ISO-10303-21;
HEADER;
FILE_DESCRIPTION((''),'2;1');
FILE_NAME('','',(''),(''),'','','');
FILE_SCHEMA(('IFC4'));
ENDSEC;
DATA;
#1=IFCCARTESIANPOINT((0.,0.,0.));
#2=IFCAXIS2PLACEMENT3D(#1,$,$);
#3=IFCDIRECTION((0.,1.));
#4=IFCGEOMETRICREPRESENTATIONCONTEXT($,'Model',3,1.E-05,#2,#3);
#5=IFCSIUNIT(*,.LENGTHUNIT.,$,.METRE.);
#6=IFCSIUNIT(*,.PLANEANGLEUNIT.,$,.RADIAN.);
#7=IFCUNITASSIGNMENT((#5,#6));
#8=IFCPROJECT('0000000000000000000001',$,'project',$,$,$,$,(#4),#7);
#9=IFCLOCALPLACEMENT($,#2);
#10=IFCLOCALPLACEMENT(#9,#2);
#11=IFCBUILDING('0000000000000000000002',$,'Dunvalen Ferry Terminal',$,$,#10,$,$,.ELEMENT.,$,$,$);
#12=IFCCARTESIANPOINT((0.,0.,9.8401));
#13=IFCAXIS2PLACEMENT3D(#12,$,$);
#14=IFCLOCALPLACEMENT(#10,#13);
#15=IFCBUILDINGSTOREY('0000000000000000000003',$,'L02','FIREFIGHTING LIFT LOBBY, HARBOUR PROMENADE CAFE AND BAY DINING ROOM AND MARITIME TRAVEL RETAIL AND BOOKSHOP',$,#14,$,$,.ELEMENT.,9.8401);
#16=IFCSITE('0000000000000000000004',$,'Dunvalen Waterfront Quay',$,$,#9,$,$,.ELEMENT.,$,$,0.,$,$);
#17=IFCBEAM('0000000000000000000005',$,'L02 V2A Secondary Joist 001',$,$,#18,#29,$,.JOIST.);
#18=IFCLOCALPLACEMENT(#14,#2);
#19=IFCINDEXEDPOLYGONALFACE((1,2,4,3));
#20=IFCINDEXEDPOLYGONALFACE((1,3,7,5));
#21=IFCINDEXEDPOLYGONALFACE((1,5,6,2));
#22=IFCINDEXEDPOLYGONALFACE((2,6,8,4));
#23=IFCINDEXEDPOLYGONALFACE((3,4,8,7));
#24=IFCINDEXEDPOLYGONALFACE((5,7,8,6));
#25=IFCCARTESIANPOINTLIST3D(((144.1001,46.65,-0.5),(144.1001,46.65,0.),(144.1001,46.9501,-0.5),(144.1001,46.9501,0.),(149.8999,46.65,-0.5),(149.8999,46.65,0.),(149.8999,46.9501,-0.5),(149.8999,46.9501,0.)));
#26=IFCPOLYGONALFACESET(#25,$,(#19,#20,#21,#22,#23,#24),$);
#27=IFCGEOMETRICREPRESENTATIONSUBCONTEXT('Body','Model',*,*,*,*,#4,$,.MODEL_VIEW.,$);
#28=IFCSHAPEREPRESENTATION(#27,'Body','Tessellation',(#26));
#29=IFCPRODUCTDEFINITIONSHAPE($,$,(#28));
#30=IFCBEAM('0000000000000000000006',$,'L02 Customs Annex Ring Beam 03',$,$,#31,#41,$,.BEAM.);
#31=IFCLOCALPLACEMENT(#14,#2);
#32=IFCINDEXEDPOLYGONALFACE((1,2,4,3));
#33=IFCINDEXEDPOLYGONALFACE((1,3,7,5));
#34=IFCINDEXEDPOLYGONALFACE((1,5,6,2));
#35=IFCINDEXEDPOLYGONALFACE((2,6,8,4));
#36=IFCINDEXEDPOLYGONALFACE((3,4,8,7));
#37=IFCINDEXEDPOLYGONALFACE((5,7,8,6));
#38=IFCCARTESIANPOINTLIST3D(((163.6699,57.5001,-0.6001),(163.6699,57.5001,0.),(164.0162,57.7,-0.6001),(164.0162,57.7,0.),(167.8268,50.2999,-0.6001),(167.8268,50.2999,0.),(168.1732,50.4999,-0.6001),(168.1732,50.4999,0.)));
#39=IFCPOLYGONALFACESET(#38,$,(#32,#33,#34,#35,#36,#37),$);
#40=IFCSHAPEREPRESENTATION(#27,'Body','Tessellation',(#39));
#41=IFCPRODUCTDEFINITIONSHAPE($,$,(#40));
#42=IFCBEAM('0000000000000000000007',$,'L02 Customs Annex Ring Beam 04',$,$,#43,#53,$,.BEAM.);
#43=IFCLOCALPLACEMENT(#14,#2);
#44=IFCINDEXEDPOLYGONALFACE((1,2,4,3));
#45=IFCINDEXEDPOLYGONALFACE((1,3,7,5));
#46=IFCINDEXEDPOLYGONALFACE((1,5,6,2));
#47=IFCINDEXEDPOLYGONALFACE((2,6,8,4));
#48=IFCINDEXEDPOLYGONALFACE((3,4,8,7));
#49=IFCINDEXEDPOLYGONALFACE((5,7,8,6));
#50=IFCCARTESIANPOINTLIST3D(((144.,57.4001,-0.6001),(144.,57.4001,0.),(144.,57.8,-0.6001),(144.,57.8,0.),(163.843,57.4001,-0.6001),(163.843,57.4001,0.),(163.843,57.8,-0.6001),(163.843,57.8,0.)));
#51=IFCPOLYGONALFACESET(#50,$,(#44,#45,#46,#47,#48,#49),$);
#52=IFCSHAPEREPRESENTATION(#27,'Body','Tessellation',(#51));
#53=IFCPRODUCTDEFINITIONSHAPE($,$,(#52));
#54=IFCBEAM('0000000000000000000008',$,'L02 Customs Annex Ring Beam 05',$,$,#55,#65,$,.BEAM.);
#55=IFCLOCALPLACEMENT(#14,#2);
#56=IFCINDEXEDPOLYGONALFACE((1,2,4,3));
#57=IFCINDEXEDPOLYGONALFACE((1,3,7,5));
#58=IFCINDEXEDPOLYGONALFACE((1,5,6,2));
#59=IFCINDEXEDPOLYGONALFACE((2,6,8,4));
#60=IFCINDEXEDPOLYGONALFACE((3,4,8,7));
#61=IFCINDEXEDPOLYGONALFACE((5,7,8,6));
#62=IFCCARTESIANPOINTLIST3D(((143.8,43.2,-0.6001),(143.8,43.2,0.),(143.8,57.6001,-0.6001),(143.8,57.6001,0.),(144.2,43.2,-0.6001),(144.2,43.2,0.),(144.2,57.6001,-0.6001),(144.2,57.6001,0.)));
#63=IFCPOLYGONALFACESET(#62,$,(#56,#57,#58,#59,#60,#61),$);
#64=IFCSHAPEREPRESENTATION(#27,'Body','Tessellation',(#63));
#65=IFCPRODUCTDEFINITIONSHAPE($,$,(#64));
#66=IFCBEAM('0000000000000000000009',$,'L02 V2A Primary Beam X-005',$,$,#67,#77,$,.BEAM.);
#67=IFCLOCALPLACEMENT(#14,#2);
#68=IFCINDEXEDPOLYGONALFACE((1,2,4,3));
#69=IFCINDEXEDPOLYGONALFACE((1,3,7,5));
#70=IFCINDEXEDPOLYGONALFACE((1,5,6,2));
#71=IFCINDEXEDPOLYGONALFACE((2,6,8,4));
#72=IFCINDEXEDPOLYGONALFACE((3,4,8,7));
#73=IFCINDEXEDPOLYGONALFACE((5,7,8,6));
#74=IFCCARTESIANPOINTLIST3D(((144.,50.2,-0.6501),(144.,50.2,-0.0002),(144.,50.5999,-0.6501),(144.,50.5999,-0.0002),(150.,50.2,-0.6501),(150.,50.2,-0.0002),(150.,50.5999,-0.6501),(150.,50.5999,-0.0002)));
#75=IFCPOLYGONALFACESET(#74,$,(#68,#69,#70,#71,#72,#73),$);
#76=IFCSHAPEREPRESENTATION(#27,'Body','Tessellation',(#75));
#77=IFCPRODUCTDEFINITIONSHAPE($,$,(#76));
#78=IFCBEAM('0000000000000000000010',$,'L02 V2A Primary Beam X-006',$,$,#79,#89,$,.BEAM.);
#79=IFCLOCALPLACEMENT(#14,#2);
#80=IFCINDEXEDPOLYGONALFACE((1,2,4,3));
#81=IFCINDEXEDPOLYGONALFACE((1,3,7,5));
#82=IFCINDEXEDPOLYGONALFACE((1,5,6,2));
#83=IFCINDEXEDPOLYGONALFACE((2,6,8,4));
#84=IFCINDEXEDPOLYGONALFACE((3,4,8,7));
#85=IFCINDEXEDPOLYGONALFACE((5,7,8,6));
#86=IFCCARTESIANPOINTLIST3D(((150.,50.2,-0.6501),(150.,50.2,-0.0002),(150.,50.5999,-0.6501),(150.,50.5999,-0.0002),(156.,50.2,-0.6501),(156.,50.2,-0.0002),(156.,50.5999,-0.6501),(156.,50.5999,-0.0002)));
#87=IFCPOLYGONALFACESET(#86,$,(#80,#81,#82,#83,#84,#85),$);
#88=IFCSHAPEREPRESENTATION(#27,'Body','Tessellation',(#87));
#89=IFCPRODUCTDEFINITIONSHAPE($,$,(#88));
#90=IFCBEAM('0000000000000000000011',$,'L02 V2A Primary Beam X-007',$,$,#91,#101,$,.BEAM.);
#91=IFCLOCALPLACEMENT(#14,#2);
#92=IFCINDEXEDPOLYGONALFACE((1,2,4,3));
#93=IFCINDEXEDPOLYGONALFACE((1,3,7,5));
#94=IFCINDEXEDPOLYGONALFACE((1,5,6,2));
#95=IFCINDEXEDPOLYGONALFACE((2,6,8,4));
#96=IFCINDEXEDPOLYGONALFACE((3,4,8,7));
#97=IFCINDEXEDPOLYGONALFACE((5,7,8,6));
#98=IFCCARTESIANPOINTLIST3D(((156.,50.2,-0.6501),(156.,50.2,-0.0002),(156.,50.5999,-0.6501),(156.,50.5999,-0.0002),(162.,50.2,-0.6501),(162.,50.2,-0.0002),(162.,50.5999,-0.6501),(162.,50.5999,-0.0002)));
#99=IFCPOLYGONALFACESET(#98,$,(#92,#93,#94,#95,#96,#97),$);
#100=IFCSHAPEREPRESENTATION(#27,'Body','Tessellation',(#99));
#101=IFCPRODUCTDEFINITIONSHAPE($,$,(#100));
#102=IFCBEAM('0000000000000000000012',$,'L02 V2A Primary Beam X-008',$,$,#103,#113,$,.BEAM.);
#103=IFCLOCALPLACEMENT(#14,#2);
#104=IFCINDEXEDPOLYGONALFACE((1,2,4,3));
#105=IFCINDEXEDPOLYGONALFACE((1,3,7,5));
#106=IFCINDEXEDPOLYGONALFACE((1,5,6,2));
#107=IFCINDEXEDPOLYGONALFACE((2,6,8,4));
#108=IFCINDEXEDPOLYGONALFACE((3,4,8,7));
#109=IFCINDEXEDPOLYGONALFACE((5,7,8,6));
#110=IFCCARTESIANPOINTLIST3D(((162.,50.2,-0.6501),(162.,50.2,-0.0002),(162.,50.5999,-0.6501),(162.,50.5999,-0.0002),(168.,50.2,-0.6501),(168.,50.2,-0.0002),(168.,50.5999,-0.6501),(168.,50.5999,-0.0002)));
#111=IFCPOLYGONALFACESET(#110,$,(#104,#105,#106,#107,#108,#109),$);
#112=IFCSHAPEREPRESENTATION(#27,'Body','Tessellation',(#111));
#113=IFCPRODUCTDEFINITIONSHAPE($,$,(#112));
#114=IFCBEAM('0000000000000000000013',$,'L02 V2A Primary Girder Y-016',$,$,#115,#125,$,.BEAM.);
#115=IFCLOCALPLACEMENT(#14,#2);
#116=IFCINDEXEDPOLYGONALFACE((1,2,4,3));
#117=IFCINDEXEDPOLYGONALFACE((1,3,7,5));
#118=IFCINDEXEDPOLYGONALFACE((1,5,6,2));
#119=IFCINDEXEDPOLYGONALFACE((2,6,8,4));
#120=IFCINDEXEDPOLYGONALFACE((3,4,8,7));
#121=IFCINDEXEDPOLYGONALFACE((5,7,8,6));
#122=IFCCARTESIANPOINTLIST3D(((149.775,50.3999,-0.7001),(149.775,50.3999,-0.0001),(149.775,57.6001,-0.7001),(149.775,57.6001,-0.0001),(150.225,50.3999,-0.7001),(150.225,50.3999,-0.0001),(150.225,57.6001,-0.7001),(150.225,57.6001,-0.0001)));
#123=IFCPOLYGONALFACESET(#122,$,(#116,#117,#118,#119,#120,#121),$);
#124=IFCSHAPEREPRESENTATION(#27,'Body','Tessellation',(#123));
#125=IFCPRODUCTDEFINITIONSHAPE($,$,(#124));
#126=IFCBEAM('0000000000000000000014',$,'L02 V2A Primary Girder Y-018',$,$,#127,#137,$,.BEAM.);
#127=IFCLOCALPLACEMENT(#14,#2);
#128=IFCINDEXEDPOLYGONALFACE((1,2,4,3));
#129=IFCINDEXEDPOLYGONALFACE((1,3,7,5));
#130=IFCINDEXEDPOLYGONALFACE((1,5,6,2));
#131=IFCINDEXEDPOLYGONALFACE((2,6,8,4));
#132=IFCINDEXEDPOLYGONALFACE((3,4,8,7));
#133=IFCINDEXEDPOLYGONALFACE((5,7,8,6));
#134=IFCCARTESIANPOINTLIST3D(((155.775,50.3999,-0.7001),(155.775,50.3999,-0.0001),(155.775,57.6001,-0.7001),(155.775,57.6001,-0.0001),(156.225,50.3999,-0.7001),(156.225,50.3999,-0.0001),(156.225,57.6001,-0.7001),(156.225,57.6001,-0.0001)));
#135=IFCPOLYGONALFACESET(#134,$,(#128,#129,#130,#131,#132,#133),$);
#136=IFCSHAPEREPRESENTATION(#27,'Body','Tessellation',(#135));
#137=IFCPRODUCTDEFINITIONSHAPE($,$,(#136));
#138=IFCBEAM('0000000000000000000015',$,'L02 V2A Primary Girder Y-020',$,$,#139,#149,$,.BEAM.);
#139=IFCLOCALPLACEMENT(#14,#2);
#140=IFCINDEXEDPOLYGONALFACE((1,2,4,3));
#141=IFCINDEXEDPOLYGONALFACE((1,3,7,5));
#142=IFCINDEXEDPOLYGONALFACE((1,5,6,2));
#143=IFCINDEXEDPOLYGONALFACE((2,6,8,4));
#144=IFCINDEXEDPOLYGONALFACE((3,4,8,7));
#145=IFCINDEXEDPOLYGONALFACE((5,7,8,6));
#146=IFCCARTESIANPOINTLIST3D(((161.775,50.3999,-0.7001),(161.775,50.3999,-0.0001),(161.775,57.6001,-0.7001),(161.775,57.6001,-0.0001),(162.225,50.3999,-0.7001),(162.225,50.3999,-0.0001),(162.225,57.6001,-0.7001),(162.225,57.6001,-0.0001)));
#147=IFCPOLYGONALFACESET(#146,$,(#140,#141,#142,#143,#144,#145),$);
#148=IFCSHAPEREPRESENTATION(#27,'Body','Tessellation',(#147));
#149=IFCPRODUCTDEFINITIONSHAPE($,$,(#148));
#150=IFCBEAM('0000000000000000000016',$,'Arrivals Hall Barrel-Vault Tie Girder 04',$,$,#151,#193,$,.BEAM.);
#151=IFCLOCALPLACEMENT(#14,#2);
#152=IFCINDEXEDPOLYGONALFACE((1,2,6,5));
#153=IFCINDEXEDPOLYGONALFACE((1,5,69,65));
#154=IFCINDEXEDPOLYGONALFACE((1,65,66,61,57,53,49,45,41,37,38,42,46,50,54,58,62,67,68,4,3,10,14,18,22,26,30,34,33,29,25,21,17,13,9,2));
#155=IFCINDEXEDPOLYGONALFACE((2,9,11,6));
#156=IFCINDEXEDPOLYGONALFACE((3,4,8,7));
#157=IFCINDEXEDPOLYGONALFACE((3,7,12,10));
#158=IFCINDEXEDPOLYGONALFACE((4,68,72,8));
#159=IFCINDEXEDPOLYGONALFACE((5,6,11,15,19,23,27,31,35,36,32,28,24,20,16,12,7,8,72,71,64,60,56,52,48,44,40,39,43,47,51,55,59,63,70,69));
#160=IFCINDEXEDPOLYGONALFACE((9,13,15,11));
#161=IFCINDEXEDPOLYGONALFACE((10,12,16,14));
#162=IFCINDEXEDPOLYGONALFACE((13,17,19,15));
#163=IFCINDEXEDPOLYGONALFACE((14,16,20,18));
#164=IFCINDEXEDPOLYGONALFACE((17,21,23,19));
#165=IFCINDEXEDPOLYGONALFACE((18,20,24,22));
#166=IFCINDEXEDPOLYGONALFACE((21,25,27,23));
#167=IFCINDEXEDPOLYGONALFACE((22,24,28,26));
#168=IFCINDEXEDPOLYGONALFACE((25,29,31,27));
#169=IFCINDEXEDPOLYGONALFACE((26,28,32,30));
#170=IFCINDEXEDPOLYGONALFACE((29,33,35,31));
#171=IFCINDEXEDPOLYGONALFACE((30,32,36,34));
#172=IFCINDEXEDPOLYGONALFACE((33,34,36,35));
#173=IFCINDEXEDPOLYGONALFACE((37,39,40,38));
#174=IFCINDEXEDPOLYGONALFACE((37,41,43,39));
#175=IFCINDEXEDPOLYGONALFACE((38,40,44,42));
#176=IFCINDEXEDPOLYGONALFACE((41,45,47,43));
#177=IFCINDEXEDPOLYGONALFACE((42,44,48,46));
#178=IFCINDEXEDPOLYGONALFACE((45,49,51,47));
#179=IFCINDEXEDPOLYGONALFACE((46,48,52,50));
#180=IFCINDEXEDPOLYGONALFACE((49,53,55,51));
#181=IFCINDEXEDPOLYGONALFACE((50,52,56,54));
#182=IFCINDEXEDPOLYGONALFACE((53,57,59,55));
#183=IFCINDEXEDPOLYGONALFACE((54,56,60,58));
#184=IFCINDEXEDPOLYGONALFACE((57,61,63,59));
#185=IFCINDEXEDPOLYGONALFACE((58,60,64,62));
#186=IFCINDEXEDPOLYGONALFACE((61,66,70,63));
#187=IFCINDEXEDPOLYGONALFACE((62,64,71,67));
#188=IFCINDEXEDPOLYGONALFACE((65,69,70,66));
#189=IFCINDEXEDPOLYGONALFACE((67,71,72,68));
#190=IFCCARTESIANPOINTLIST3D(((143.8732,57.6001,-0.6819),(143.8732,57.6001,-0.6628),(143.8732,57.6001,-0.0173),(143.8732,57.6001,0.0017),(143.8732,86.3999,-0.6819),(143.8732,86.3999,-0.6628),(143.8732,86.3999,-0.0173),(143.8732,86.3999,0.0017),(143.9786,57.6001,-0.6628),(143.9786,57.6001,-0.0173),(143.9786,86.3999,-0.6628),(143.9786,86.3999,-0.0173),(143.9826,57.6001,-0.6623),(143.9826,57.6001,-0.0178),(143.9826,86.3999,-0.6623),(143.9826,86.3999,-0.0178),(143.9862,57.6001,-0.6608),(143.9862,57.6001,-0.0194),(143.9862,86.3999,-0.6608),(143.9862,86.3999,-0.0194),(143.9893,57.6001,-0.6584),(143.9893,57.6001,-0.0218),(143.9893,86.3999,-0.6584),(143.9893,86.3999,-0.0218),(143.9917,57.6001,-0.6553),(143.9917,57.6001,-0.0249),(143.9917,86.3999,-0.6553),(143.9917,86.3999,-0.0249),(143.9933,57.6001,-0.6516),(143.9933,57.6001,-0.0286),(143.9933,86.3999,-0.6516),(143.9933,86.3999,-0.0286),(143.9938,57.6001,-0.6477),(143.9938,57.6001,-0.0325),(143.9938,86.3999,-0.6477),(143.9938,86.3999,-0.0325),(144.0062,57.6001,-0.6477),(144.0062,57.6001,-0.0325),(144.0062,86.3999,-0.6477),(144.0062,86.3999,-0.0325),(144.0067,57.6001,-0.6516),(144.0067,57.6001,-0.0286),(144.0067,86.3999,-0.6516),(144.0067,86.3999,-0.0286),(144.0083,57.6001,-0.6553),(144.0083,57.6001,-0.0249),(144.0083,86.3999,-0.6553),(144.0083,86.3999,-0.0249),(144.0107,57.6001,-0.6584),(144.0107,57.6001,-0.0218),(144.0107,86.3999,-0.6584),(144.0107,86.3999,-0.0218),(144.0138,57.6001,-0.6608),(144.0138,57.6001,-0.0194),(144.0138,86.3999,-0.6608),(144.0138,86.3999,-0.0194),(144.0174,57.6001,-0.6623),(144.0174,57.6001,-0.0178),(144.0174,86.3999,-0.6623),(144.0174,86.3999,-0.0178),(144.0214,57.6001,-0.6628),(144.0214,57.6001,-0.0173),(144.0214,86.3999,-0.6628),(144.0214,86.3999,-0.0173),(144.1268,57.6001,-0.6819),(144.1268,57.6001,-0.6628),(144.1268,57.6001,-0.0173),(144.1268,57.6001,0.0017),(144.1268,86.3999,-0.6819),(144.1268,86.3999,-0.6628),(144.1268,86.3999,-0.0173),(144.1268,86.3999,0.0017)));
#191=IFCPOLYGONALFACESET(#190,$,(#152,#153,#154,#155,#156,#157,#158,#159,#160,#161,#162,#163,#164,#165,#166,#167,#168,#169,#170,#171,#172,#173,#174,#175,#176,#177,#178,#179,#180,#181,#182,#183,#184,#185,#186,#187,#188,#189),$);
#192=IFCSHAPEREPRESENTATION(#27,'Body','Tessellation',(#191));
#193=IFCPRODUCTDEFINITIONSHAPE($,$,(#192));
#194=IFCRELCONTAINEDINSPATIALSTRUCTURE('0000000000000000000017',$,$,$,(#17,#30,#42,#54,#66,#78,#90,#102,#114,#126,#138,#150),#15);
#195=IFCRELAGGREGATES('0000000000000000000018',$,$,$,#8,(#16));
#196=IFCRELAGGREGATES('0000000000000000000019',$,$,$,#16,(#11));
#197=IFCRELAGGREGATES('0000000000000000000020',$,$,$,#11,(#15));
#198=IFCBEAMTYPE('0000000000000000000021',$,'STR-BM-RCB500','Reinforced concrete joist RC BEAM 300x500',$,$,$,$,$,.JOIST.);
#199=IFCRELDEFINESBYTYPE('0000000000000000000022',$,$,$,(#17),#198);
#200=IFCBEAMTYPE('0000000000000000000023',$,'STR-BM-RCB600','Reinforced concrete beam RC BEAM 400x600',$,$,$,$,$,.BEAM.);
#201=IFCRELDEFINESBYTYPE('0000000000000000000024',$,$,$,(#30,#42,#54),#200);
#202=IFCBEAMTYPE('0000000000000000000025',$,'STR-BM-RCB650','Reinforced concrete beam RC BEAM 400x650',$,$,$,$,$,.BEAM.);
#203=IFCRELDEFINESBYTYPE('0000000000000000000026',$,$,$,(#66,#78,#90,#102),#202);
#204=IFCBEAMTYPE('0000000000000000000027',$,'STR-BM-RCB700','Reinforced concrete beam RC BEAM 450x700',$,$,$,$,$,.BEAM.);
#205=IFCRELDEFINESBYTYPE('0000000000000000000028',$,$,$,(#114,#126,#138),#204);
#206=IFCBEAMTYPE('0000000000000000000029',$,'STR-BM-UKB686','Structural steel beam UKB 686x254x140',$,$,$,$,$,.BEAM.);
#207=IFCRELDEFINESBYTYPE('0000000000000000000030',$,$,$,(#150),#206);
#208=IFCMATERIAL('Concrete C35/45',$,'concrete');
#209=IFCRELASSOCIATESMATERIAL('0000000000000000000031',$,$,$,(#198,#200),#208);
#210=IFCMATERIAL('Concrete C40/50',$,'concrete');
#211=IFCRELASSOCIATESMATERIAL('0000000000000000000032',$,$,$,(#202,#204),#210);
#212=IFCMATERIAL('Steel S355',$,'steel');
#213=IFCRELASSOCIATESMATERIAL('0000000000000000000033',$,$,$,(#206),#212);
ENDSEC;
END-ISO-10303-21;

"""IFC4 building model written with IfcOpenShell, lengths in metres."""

from ifc_helpers import new_model, si_unit, direction, frame, origin, origin_2d, place, context, subcontext, project, spatial, rectangle, i_section, extrude, material, material_profile, profile_set, type_object, element, save


model = new_model("IFC4")

# Units and contexts
model_context = context("Model", 3, precision=1e-05, world=origin(), true_north=direction((0.0, 1.0)))
body_context = subcontext(model_context, "Body", "Model", "MODEL_VIEW")
ifc_project = project(units=[si_unit("LENGTHUNIT", "METRE"), si_unit("PLANEANGLEUNIT", "RADIAN")], contexts=[model_context])

# Site, building, storey
site_placement = place(None, origin())
site = spatial("IfcSite", under=ifc_project, at=site_placement, Name="Dunvalen Waterfront Quay", CompositionType="ELEMENT", RefElevation=0.0)
building_placement = place(site_placement, origin())
building = spatial("IfcBuilding", under=site, at=building_placement, Name="Dunvalen Ferry Terminal", CompositionType="ELEMENT")
storey_placement = place(building_placement, frame((0.0, 0.0, 9.8401)))
storey = spatial("IfcBuildingStorey", under=building, at=storey_placement, Name="L02", Description="FIREFIGHTING LIFT LOBBY, HARBOUR PROMENADE CAFE AND BAY DINING ROOM AND MARITIME TRAVEL RETAIL AND BOOKSHOP", CompositionType="ELEMENT", Elevation=9.8401)

# Beams
ifc_material_1 = material(Name="Steel S355", Category="steel")
ifc_material_2 = material(Name="Concrete C35/45", Category="concrete")
ifc_material_profile_1 = material_profile(ifc_material_2, rectangle(XDim=0.3, YDim=0.5, at=origin_2d()), Name="Concrete C35/45")
ifc_profile_set_1 = profile_set([ifc_material_profile_1], Name="Concrete C35/45")
beam_type_1 = type_object("IfcBeamType", Name="STR-BM-RCB500", Description="Reinforced concrete joist RC BEAM 300x500", PredefinedType="JOIST", material=ifc_profile_set_1)
beam_1_placement = place(storey_placement, frame((144.1001, 46.8, -0.25), z_axis=(1.0, 0.0, 0.0), x_axis=(0.0, 1.0, 0.0)))
element("IfcBeam", 1, at=beam_1_placement, inside=storey, type_object=beam_type_1, Name="L02 V2A Secondary Joist 001", PredefinedType="JOIST", context=body_context, shape_type="SweptSolid", body=[
    extrude(rectangle(XDim=0.3, YDim=0.5, at=origin_2d()), origin(), (0.0, 0.0, 1.0), 5.7998),
])
ifc_material_profile_2 = material_profile(ifc_material_2, rectangle(XDim=0.3999, YDim=0.6001, at=origin_2d()), Name="Concrete C35/45")
ifc_profile_set_2 = profile_set([ifc_material_profile_2], Name="Concrete C35/45")
beam_type_2 = type_object("IfcBeamType", Name="STR-BM-RCB600", Description="Reinforced concrete beam RC BEAM 400x600", PredefinedType="BEAM", material=ifc_profile_set_2)
beam_2_placement = place(storey_placement, frame((168.0, 50.3999, -0.3), z_axis=(-0.499995, 0.866028, 0.0), x_axis=(-0.866028, -0.499995, 0.0)))
element("IfcBeam", 2, at=beam_2_placement, inside=storey, type_object=beam_type_2, Name="L02 Customs Annex Ring Beam 03", PredefinedType="BEAM", context=body_context, shape_type="SweptSolid", body=[
    extrude(rectangle(XDim=0.3999, YDim=0.6001, at=origin_2d()), origin(), (0.0, 0.0, 1.0), 8.314),
])
beam_3_placement = place(storey_placement, frame((163.843, 57.6001, -0.3), z_axis=(-1.0, 0.0, 0.0), x_axis=(0.0, -1.0, 0.0)))
element("IfcBeam", 3, at=beam_3_placement, inside=storey, type_object=beam_type_2, Name="L02 Customs Annex Ring Beam 04", PredefinedType="BEAM", context=body_context, shape_type="SweptSolid", body=[
    extrude(rectangle(XDim=0.3999, YDim=0.6001, at=origin_2d()), origin(), (0.0, 0.0, 1.0), 19.843),
])
beam_4_placement = place(storey_placement, frame((144.0, 57.6001, -0.3), z_axis=(0.0, -1.0, 0.0), x_axis=(1.0, 0.0, 0.0)))
element("IfcBeam", 4, at=beam_4_placement, inside=storey, type_object=beam_type_2, Name="L02 Customs Annex Ring Beam 05", PredefinedType="BEAM", context=body_context, shape_type="SweptSolid", body=[
    extrude(rectangle(XDim=0.3999, YDim=0.6001, at=origin_2d()), origin(), (0.0, 0.0, 1.0), 14.4001),
])
ifc_material_3 = material(Name="Concrete C40/50", Category="concrete")
ifc_material_profile_3 = material_profile(ifc_material_3, rectangle(XDim=0.3999, YDim=0.6499, at=origin_2d()), Name="Concrete C40/50")
ifc_profile_set_3 = profile_set([ifc_material_profile_3], Name="Concrete C40/50")
beam_type_3 = type_object("IfcBeamType", Name="STR-BM-RCB650", Description="Reinforced concrete beam RC BEAM 400x650", PredefinedType="BEAM", material=ifc_profile_set_3)
for number, where, z_axis, x_axis, name in (
    (5, (144.0, 50.3999, -0.3252), (1.0, 0.0, 0.0), (0.0, 1.0, 0.0), "L02 V2A Primary Beam X-005"),
    (6, (150.0, 50.3999, -0.3252), (1.0, 0.0, 0.0), (0.0, 1.0, 0.0), "L02 V2A Primary Beam X-006"),
    (7, (156.0, 50.3999, -0.3252), (1.0, 0.0, 0.0), (0.0, 1.0, 0.0), "L02 V2A Primary Beam X-007"),
    (8, (162.0, 50.3999, -0.3252), (1.0, 0.0, 0.0), (0.0, 1.0, 0.0), "L02 V2A Primary Beam X-008"),
):
    element("IfcBeam", number, at=place(storey_placement, frame(where, z_axis=z_axis, x_axis=x_axis)), inside=storey, type_object=beam_type_3, Name=name, PredefinedType="BEAM", context=body_context, shape_type="SweptSolid", body=[
        extrude(rectangle(XDim=0.3999, YDim=0.6499, at=origin_2d()), origin(), (0.0, 0.0, 1.0), 6.0),
    ])
ifc_material_profile_4 = material_profile(ifc_material_3, rectangle(XDim=0.45, YDim=0.7, at=origin_2d()), Name="Concrete C40/50")
ifc_profile_set_4 = profile_set([ifc_material_profile_4], Name="Concrete C40/50")
beam_type_4 = type_object("IfcBeamType", Name="STR-BM-RCB700", Description="Reinforced concrete beam RC BEAM 450x700", PredefinedType="BEAM", material=ifc_profile_set_4)
for number, where, z_axis, x_axis, name in (
    (9, (150.0, 50.3999, -0.3501), (0.0, 1.0, 0.0), (-1.0, 0.0, 0.0), "L02 V2A Primary Girder Y-016"),
    (10, (156.0, 50.3999, -0.3501), (0.0, 1.0, 0.0), (-1.0, 0.0, 0.0), "L02 V2A Primary Girder Y-018"),
    (11, (162.0, 50.3999, -0.3501), (0.0, 1.0, 0.0), (-1.0, 0.0, 0.0), "L02 V2A Primary Girder Y-020"),
):
    element("IfcBeam", number, at=place(storey_placement, frame(where, z_axis=z_axis, x_axis=x_axis)), inside=storey, type_object=beam_type_4, Name=name, PredefinedType="BEAM", context=body_context, shape_type="SweptSolid", body=[
        extrude(rectangle(XDim=0.45, YDim=0.7, at=origin_2d()), origin(), (0.0, 0.0, 1.0), 7.2002),
    ])
ifc_material_profile_5 = material_profile(ifc_material_1, i_section(OverallWidth=0.2537, OverallDepth=0.6836, WebThickness=0.0125, FlangeThickness=0.019, FilletRadius=0.0151, at=origin_2d()), Name="Steel S355")
ifc_profile_set_5 = profile_set([ifc_material_profile_5], Name="Steel S355")
beam_type_5 = type_object("IfcBeamType", Name="STR-BM-UKB686", Description="Structural steel beam UKB 686x254x140", PredefinedType="BEAM", material=ifc_profile_set_5)
for number, where, z_axis, x_axis, name in (
    (12, (144.0, 57.6001, -0.3401), (0.0, 1.0, 0.0), (-1.0, 0.0, 0.0), "Arrivals Hall Barrel-Vault Tie Girder 04"),
):
    element("IfcBeam", number, at=place(storey_placement, frame(where, z_axis=z_axis, x_axis=x_axis)), inside=storey, type_object=beam_type_5, Name=name, PredefinedType="BEAM", context=body_context, shape_type="SweptSolid", body=[
        extrude(i_section(OverallWidth=0.2537, OverallDepth=0.6836, WebThickness=0.0125, FlangeThickness=0.019, FilletRadius=0.0151, at=origin_2d()), origin(), (0.0, 0.0, 1.0), 28.7998),
    ])

save(model, "model.ifc")
